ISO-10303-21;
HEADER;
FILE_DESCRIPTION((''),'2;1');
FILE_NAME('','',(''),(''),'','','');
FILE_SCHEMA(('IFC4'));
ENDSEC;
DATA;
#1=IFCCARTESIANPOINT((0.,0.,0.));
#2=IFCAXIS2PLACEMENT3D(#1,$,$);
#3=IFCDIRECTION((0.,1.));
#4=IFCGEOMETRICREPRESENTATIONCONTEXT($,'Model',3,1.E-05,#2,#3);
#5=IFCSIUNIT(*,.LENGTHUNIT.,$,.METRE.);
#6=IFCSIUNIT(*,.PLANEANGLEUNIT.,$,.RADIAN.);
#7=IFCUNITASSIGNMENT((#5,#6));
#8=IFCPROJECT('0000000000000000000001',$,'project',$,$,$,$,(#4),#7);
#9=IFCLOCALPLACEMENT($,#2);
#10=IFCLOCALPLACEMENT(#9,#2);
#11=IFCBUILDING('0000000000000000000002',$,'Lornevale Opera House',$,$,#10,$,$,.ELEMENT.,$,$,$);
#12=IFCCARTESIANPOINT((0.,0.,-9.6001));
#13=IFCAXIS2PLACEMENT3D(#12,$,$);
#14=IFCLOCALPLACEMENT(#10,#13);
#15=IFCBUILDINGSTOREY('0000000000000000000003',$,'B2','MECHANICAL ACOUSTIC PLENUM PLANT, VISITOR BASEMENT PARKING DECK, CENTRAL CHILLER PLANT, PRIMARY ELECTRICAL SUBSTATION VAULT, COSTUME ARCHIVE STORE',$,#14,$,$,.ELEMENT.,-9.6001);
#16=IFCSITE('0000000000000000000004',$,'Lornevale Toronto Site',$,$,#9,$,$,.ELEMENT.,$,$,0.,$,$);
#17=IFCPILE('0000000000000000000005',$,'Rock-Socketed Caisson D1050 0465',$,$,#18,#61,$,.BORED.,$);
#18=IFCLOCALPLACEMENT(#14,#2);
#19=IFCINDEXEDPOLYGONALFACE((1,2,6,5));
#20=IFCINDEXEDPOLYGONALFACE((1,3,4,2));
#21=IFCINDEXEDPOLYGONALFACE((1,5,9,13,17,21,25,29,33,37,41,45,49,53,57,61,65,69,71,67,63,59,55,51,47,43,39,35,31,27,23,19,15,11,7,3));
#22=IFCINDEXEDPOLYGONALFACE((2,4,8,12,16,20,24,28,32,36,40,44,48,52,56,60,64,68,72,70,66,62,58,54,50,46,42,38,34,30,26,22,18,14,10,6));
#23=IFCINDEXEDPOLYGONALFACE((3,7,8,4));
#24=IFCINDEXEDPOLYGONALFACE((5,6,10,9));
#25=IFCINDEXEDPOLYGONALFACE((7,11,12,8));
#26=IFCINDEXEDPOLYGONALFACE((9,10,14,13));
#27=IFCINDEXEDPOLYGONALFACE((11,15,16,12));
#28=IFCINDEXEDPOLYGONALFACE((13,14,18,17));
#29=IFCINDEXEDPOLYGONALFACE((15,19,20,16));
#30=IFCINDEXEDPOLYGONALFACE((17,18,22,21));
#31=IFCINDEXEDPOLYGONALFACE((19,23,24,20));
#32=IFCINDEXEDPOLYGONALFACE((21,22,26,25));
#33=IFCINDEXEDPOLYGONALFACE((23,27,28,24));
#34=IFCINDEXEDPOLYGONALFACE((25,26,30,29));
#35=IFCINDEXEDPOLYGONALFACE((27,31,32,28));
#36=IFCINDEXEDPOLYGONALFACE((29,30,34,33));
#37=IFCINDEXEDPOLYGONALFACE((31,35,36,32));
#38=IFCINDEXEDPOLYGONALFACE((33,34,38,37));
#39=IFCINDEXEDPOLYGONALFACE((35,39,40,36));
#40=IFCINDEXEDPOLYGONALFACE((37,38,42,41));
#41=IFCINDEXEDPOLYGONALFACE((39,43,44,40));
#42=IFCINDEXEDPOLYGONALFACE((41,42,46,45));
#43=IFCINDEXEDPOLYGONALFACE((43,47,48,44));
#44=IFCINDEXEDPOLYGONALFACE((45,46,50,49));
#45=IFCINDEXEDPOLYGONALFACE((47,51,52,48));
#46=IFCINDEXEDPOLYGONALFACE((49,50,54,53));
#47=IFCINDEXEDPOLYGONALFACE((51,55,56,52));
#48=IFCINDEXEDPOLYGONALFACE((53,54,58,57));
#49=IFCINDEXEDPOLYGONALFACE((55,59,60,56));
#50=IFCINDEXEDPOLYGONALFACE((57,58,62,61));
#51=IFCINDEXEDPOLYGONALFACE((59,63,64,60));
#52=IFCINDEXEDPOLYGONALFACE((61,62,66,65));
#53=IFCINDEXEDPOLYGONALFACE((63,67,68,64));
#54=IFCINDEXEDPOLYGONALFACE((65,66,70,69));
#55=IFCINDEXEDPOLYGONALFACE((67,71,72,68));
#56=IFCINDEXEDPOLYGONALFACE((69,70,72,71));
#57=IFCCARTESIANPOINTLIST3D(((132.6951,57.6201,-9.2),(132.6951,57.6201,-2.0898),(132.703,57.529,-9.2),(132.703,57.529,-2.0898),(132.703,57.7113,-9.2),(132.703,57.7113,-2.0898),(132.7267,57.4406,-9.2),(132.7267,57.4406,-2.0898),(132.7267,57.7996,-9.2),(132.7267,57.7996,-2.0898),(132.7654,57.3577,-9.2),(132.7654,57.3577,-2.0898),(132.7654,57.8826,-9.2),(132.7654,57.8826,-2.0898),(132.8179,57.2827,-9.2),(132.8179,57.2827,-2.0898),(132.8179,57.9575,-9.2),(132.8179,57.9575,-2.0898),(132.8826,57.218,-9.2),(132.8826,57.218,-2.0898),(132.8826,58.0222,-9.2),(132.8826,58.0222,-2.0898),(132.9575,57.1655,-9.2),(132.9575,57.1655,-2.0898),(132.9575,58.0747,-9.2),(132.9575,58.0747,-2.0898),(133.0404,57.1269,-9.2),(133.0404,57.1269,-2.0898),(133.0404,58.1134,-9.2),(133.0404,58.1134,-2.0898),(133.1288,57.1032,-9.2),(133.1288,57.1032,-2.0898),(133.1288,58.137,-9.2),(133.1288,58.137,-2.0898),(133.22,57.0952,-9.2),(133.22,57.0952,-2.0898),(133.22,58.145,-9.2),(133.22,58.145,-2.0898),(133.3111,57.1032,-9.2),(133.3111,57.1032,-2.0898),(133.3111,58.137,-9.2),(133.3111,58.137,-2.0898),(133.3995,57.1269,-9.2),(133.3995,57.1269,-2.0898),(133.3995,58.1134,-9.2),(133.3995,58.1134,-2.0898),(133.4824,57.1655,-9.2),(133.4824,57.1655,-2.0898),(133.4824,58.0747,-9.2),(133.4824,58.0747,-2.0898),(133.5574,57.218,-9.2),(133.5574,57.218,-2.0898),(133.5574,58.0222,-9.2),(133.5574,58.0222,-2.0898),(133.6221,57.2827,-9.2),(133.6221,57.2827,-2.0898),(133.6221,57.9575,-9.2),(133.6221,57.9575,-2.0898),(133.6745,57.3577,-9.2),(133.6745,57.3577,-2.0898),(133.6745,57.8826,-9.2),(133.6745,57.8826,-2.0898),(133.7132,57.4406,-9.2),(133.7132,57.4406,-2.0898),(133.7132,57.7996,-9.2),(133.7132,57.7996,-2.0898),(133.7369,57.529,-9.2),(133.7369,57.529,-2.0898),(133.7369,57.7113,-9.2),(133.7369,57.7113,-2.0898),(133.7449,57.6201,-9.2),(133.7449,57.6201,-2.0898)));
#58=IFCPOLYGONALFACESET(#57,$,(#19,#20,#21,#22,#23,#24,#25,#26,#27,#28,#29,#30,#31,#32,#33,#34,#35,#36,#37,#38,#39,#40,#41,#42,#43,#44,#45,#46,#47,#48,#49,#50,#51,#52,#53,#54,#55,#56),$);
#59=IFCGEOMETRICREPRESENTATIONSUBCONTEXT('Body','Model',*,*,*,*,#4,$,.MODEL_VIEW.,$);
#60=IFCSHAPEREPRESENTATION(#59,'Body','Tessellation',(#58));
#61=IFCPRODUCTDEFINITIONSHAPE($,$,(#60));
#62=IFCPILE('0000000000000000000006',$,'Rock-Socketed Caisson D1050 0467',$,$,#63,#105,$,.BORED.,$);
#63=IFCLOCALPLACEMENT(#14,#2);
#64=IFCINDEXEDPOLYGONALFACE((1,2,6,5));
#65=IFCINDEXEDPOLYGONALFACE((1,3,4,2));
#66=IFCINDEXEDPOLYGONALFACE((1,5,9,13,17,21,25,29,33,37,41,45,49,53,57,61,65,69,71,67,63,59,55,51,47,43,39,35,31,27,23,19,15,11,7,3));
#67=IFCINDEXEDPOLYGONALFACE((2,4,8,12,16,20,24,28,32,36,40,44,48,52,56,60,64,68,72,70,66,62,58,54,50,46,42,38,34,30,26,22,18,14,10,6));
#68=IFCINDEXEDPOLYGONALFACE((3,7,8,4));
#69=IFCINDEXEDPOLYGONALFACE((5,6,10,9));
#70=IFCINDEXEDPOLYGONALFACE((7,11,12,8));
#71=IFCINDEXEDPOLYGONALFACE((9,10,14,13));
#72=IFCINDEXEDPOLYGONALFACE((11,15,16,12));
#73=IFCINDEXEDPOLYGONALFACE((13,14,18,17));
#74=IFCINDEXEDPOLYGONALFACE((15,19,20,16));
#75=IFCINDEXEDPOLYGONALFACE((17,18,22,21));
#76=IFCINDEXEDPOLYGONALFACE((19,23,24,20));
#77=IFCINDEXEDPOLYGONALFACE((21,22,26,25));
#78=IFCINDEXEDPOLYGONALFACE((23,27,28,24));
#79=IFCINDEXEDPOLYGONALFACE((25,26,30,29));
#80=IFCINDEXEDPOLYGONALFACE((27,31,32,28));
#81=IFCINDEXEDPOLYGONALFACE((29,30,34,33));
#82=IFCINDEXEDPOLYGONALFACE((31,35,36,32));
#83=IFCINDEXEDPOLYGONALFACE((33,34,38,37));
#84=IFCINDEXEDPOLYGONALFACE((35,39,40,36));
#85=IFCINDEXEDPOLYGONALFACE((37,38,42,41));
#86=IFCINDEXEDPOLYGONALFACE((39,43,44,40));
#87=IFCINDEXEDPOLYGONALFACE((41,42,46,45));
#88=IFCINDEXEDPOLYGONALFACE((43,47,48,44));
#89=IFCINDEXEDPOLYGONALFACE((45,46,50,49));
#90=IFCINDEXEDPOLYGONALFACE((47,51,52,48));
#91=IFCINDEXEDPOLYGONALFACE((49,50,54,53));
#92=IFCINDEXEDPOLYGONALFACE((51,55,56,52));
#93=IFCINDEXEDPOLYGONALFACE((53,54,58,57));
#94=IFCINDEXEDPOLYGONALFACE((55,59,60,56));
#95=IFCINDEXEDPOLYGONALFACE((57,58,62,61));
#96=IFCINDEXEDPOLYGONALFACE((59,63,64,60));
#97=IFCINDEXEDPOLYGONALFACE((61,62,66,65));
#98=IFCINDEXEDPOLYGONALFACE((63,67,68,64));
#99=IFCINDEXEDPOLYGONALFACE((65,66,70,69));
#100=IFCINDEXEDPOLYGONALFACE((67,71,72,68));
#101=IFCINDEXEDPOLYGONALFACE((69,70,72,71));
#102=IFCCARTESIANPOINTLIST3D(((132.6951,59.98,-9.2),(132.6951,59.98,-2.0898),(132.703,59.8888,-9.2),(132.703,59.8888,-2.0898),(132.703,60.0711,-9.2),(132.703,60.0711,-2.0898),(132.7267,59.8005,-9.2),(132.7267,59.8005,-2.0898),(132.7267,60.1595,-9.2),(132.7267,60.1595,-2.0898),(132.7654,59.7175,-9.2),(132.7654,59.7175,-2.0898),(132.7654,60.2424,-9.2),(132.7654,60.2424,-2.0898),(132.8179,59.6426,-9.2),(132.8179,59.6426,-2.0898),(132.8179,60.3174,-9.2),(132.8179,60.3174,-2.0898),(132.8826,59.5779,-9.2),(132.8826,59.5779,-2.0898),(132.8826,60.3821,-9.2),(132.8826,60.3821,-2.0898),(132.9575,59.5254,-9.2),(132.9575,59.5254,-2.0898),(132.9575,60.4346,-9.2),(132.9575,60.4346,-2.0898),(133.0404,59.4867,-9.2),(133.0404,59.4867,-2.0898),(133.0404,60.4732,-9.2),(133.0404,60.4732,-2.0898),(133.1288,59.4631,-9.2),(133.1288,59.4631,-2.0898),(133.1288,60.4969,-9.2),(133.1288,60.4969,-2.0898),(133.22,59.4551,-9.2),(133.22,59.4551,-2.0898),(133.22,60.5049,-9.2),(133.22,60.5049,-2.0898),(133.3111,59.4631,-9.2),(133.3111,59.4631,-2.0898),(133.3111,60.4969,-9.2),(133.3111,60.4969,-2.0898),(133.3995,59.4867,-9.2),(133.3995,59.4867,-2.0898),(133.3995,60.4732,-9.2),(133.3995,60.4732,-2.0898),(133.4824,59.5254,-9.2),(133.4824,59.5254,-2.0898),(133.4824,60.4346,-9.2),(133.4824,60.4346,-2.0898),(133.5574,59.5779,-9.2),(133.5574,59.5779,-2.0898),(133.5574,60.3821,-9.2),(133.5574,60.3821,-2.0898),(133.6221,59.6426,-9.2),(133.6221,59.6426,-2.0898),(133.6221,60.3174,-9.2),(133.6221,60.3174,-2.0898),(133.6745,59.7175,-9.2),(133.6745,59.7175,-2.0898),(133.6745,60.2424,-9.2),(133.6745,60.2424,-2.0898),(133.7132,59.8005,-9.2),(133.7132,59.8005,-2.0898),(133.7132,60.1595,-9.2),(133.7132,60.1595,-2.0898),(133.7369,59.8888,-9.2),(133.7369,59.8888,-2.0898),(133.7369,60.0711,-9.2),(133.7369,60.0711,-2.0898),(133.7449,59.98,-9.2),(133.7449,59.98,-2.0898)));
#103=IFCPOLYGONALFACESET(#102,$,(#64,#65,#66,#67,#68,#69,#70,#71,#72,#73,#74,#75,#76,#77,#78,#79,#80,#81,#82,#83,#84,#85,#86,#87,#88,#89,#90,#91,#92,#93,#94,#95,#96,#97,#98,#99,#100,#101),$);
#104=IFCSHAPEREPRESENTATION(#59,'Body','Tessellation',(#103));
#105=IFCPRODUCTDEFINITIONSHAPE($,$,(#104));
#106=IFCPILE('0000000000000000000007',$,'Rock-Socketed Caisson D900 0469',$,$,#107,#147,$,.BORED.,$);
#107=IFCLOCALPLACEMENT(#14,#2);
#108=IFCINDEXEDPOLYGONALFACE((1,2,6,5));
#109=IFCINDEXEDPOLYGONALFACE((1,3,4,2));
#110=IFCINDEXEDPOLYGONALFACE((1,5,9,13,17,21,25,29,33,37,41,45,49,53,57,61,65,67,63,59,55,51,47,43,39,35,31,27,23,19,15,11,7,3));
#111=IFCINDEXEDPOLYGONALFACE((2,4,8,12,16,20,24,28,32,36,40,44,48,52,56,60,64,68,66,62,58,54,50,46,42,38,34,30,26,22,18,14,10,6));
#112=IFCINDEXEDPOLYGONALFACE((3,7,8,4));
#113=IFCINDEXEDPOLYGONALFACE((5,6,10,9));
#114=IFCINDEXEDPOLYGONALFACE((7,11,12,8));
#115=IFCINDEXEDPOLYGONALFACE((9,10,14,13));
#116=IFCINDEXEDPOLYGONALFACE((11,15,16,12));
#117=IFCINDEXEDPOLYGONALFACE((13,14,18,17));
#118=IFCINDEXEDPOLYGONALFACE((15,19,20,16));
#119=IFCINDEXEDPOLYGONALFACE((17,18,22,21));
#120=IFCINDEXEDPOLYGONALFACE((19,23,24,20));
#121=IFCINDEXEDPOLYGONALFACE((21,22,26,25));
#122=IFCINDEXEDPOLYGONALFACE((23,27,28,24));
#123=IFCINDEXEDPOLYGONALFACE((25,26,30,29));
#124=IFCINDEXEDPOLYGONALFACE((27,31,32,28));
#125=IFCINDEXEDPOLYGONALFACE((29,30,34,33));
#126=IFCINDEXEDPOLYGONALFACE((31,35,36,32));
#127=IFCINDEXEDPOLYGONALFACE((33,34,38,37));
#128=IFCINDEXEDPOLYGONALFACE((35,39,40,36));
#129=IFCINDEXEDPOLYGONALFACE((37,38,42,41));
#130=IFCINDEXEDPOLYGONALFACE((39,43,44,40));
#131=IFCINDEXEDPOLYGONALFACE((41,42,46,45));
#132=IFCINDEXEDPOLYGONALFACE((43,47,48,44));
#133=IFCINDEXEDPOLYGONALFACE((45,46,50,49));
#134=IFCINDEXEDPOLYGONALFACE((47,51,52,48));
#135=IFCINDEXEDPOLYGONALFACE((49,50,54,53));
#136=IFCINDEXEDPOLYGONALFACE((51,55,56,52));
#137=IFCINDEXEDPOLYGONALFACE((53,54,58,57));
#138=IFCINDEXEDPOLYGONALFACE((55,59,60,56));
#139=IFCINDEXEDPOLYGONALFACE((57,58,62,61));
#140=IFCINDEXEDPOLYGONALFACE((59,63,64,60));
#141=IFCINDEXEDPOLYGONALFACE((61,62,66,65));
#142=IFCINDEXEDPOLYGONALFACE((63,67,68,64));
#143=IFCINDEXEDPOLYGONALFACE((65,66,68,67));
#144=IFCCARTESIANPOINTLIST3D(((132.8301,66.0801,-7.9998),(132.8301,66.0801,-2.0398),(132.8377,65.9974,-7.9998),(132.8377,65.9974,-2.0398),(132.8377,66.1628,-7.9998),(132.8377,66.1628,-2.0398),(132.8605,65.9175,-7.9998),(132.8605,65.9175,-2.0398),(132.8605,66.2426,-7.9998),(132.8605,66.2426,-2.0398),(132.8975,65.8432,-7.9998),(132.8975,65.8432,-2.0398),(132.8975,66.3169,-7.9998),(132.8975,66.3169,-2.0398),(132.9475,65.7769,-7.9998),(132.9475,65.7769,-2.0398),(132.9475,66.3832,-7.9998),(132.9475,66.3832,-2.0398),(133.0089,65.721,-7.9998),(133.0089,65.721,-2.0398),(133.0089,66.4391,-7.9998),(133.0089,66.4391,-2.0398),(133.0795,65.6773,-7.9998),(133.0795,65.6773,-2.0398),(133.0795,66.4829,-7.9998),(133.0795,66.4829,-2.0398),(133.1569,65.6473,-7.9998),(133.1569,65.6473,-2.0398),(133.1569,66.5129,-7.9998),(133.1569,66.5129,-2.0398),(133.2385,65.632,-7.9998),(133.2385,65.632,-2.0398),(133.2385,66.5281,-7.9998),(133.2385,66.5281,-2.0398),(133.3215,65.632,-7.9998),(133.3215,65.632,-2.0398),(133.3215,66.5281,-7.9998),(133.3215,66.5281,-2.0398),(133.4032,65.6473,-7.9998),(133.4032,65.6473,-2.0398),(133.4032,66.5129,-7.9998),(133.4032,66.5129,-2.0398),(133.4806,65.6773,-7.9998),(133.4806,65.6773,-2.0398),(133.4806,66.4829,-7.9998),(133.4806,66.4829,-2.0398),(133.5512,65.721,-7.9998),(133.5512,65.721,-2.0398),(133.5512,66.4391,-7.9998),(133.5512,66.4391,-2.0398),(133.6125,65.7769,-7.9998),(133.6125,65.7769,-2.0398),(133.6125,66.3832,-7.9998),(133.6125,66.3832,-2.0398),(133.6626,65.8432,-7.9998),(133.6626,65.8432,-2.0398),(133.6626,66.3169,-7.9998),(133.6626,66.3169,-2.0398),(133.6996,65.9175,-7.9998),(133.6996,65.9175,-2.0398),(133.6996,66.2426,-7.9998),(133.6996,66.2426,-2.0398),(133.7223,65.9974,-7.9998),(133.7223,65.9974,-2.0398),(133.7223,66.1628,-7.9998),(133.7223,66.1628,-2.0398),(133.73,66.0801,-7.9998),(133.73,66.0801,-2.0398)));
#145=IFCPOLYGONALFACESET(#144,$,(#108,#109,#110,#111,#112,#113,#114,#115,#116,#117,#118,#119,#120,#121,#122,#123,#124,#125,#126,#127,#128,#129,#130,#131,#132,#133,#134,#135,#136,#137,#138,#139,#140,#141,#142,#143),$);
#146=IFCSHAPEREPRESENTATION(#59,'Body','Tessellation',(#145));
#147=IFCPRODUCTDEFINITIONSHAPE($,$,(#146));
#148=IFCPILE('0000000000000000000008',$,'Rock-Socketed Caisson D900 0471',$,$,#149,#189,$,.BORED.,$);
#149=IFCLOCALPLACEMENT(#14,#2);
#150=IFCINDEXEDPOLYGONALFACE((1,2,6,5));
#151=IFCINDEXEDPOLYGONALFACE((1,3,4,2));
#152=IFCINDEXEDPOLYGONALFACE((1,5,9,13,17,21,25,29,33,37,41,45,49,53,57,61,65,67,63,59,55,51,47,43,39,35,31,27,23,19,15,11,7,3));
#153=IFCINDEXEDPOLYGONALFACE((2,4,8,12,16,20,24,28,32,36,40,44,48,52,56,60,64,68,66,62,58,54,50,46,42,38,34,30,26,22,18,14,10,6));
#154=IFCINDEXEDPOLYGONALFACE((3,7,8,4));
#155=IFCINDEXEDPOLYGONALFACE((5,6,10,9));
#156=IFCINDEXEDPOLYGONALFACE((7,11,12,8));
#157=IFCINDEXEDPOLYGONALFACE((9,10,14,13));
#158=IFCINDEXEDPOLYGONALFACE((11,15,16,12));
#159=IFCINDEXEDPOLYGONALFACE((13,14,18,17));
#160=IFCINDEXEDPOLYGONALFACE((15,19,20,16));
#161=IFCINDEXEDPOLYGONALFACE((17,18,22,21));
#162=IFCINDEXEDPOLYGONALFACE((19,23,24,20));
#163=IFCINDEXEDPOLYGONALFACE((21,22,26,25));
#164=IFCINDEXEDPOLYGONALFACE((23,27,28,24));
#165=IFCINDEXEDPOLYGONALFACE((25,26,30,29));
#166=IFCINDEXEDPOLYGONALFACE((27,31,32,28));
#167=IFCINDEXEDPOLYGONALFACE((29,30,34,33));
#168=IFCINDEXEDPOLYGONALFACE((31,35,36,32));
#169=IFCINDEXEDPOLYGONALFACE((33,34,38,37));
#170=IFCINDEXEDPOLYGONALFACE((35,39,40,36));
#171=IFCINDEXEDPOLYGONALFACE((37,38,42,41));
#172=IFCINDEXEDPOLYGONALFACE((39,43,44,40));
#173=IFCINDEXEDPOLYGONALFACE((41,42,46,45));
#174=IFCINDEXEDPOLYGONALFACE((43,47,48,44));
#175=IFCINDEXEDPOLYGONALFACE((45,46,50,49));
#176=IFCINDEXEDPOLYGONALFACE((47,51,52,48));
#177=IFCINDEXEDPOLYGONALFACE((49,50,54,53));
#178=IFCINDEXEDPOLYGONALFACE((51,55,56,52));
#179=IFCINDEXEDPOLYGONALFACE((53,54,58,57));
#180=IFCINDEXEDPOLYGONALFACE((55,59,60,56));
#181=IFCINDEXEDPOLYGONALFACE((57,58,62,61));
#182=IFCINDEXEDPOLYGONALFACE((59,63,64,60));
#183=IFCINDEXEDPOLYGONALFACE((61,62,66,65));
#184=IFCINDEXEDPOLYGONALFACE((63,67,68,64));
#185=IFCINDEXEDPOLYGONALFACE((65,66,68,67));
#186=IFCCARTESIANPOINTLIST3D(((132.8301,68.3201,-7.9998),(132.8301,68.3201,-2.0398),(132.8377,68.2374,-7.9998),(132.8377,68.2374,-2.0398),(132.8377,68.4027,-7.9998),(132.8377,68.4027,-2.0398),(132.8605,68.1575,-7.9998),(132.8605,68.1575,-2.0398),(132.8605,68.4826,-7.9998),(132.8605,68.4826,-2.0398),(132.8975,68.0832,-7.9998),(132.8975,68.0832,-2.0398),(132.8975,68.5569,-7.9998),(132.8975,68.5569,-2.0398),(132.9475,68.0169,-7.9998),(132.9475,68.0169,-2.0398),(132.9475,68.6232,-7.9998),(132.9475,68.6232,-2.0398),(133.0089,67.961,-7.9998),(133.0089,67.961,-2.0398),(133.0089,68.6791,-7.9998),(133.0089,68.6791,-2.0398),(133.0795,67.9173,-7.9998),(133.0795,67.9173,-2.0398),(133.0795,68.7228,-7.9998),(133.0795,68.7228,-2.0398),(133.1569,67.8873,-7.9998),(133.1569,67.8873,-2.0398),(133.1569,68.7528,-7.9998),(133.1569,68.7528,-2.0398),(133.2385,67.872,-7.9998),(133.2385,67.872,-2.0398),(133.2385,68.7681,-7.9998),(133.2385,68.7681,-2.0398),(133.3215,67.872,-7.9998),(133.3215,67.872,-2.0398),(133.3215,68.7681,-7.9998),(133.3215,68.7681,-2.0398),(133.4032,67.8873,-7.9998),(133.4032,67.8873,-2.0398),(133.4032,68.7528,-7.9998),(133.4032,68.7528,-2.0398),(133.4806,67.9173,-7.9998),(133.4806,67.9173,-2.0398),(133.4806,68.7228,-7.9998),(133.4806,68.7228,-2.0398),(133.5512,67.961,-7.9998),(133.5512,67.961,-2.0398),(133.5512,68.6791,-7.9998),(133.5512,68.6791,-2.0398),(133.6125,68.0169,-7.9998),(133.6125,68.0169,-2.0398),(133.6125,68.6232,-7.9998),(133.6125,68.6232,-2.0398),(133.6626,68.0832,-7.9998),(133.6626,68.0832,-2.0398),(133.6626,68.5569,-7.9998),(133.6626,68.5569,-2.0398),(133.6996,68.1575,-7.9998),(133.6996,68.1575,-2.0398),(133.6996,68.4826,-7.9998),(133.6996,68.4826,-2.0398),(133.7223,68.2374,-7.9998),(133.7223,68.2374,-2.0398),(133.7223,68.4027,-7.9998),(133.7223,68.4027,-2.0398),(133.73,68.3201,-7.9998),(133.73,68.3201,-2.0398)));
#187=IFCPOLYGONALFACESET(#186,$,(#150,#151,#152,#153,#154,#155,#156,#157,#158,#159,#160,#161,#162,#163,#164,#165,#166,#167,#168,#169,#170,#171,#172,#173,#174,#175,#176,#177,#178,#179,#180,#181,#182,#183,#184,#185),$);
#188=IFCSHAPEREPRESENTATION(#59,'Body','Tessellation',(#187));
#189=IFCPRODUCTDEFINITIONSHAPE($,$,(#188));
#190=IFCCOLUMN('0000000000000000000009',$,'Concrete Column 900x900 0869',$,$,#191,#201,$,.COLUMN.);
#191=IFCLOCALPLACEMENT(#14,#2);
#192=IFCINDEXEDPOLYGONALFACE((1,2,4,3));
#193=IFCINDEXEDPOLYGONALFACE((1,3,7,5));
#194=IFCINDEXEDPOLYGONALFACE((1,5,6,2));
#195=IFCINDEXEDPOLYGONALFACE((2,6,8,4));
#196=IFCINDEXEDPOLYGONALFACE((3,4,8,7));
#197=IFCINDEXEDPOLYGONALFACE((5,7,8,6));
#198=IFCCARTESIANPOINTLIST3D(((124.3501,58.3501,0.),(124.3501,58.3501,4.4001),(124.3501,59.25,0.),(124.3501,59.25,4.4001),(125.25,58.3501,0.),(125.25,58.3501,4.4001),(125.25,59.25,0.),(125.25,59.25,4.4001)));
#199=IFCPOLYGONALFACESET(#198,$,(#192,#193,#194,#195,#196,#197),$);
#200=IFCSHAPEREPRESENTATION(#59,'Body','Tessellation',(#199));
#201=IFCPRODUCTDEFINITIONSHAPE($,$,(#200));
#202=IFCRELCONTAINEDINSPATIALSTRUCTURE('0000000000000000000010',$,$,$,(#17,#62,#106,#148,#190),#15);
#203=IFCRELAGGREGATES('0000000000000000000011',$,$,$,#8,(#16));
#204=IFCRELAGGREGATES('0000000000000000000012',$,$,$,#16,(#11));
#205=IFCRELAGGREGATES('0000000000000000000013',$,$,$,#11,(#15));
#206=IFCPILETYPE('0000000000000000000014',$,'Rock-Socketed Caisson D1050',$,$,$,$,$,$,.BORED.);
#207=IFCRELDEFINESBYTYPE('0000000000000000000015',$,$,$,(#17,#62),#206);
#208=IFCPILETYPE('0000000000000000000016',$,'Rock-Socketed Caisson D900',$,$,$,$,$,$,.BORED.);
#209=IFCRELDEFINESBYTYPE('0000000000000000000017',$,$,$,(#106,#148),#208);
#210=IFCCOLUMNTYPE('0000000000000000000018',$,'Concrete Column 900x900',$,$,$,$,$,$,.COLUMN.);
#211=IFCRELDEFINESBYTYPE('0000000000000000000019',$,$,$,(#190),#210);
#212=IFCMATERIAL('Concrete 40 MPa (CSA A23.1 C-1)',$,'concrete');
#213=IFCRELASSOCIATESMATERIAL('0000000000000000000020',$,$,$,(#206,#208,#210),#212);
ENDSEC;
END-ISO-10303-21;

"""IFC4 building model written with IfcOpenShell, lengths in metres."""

from ifc_helpers import new_model, si_unit, direction, frame, origin, origin_2d, place, context, subcontext, project, spatial, rectangle, circle, extrude, material, material_profile, profile_set, type_object, element, save


model = new_model("IFC4")

# Units and contexts
model_context = context("Model", 3, precision=1e-05, world=origin(), true_north=direction((0.0, 1.0)))
body_context = subcontext(model_context, "Body", "Model", "MODEL_VIEW")
ifc_project = project(units=[si_unit("LENGTHUNIT", "METRE"), si_unit("PLANEANGLEUNIT", "RADIAN")], contexts=[model_context])

# Site, building, storey
site_placement = place(None, origin())
site = spatial("IfcSite", under=ifc_project, at=site_placement, Name="Lornevale Toronto Site", CompositionType="ELEMENT", RefElevation=0.0)
building_placement = place(site_placement, origin())
building = spatial("IfcBuilding", under=site, at=building_placement, Name="Lornevale Opera House", CompositionType="ELEMENT")
storey_placement = place(building_placement, frame((0.0, 0.0, -9.6001)))
storey = spatial("IfcBuildingStorey", under=building, at=storey_placement, Name="B2", Description="MECHANICAL ACOUSTIC PLENUM PLANT, VISITOR BASEMENT PARKING DECK, CENTRAL CHILLER PLANT, PRIMARY ELECTRICAL SUBSTATION VAULT, COSTUME ARCHIVE STORE", CompositionType="ELEMENT", Elevation=-9.6001)

# Piles
ifc_material_1 = material(Name="Concrete 40 MPa (CSA A23.1 C-1)", Category="concrete")
ifc_material_profile_1 = material_profile(ifc_material_1, circle(Radius=0.5249, at=origin_2d()), Name="CAIS1050")
ifc_profile_set_1 = profile_set([ifc_material_profile_1], Name="Concrete 40 MPa (CSA A23.1 C-1)")
pile_type_1 = type_object("IfcPileType", Name="Rock-Socketed Caisson D1050", PredefinedType="BORED", material=ifc_profile_set_1)
for number, where, z_axis, x_axis, name in (
    (1, (133.22, 57.6201, -2.0898), (0.0, 0.0, -1.0), (1.0, 0.0, 0.0), "Rock-Socketed Caisson D1050 0465"),
    (2, (133.22, 59.98, -2.0898), (0.0, 0.0, -1.0), (1.0, 0.0, 0.0), "Rock-Socketed Caisson D1050 0467"),
):
    element("IfcPile", number, at=place(storey_placement, frame(where, z_axis=z_axis, x_axis=x_axis)), inside=storey, type_object=pile_type_1, Name=name, PredefinedType="BORED", context=body_context, shape_type="SweptSolid", body=[
        extrude(circle(Radius=0.5249, at=origin_2d()), origin(), (0.0, 0.0, 1.0), 7.1101),
    ])
ifc_material_profile_2 = material_profile(ifc_material_1, circle(Radius=0.45, at=origin_2d()), Name="CAIS900")
ifc_profile_set_2 = profile_set([ifc_material_profile_2], Name="Concrete 40 MPa (CSA A23.1 C-1)")
pile_type_2 = type_object("IfcPileType", Name="Rock-Socketed Caisson D900", PredefinedType="BORED", material=ifc_profile_set_2)
for number, where, z_axis, x_axis, name in (
    (3, (133.28, 66.0801, -2.0398), (0.0, 0.0, -1.0), (1.0, 0.0, 0.0), "Rock-Socketed Caisson D900 0469"),
    (4, (133.28, 68.3201, -2.0398), (0.0, 0.0, -1.0), (1.0, 0.0, 0.0), "Rock-Socketed Caisson D900 0471"),
):
    element("IfcPile", number, at=place(storey_placement, frame(where, z_axis=z_axis, x_axis=x_axis)), inside=storey, type_object=pile_type_2, Name=name, PredefinedType="BORED", context=body_context, shape_type="SweptSolid", body=[
        extrude(circle(Radius=0.45, at=origin_2d()), origin(), (0.0, 0.0, 1.0), 5.96),
    ])

# Column
ifc_material_profile_3 = material_profile(ifc_material_1, rectangle(XDim=0.8999, YDim=0.8999, at=origin_2d()), Name="RC900x900")
ifc_profile_set_3 = profile_set([ifc_material_profile_3], Name="Concrete 40 MPa (CSA A23.1 C-1)")
column_type = type_object("IfcColumnType", Name="Concrete Column 900x900", PredefinedType="COLUMN", material=ifc_profile_set_3)
for number, where, z_axis, x_axis, name in (
    (5, (124.8, 58.8, 0.0), (0.0, 0.0, 1.0), (1.0, 0.0, 0.0), "Concrete Column 900x900 0869"),
):
    element("IfcColumn", number, at=place(storey_placement, frame(where, z_axis=z_axis, x_axis=x_axis)), inside=storey, type_object=column_type, Name=name, PredefinedType="COLUMN", context=body_context, shape_type="SweptSolid", body=[
        extrude(rectangle(XDim=0.8999, YDim=0.8999, at=origin_2d()), origin(), (0.0, 0.0, 1.0), 4.4001),
    ])

save(model, "model.ifc")
